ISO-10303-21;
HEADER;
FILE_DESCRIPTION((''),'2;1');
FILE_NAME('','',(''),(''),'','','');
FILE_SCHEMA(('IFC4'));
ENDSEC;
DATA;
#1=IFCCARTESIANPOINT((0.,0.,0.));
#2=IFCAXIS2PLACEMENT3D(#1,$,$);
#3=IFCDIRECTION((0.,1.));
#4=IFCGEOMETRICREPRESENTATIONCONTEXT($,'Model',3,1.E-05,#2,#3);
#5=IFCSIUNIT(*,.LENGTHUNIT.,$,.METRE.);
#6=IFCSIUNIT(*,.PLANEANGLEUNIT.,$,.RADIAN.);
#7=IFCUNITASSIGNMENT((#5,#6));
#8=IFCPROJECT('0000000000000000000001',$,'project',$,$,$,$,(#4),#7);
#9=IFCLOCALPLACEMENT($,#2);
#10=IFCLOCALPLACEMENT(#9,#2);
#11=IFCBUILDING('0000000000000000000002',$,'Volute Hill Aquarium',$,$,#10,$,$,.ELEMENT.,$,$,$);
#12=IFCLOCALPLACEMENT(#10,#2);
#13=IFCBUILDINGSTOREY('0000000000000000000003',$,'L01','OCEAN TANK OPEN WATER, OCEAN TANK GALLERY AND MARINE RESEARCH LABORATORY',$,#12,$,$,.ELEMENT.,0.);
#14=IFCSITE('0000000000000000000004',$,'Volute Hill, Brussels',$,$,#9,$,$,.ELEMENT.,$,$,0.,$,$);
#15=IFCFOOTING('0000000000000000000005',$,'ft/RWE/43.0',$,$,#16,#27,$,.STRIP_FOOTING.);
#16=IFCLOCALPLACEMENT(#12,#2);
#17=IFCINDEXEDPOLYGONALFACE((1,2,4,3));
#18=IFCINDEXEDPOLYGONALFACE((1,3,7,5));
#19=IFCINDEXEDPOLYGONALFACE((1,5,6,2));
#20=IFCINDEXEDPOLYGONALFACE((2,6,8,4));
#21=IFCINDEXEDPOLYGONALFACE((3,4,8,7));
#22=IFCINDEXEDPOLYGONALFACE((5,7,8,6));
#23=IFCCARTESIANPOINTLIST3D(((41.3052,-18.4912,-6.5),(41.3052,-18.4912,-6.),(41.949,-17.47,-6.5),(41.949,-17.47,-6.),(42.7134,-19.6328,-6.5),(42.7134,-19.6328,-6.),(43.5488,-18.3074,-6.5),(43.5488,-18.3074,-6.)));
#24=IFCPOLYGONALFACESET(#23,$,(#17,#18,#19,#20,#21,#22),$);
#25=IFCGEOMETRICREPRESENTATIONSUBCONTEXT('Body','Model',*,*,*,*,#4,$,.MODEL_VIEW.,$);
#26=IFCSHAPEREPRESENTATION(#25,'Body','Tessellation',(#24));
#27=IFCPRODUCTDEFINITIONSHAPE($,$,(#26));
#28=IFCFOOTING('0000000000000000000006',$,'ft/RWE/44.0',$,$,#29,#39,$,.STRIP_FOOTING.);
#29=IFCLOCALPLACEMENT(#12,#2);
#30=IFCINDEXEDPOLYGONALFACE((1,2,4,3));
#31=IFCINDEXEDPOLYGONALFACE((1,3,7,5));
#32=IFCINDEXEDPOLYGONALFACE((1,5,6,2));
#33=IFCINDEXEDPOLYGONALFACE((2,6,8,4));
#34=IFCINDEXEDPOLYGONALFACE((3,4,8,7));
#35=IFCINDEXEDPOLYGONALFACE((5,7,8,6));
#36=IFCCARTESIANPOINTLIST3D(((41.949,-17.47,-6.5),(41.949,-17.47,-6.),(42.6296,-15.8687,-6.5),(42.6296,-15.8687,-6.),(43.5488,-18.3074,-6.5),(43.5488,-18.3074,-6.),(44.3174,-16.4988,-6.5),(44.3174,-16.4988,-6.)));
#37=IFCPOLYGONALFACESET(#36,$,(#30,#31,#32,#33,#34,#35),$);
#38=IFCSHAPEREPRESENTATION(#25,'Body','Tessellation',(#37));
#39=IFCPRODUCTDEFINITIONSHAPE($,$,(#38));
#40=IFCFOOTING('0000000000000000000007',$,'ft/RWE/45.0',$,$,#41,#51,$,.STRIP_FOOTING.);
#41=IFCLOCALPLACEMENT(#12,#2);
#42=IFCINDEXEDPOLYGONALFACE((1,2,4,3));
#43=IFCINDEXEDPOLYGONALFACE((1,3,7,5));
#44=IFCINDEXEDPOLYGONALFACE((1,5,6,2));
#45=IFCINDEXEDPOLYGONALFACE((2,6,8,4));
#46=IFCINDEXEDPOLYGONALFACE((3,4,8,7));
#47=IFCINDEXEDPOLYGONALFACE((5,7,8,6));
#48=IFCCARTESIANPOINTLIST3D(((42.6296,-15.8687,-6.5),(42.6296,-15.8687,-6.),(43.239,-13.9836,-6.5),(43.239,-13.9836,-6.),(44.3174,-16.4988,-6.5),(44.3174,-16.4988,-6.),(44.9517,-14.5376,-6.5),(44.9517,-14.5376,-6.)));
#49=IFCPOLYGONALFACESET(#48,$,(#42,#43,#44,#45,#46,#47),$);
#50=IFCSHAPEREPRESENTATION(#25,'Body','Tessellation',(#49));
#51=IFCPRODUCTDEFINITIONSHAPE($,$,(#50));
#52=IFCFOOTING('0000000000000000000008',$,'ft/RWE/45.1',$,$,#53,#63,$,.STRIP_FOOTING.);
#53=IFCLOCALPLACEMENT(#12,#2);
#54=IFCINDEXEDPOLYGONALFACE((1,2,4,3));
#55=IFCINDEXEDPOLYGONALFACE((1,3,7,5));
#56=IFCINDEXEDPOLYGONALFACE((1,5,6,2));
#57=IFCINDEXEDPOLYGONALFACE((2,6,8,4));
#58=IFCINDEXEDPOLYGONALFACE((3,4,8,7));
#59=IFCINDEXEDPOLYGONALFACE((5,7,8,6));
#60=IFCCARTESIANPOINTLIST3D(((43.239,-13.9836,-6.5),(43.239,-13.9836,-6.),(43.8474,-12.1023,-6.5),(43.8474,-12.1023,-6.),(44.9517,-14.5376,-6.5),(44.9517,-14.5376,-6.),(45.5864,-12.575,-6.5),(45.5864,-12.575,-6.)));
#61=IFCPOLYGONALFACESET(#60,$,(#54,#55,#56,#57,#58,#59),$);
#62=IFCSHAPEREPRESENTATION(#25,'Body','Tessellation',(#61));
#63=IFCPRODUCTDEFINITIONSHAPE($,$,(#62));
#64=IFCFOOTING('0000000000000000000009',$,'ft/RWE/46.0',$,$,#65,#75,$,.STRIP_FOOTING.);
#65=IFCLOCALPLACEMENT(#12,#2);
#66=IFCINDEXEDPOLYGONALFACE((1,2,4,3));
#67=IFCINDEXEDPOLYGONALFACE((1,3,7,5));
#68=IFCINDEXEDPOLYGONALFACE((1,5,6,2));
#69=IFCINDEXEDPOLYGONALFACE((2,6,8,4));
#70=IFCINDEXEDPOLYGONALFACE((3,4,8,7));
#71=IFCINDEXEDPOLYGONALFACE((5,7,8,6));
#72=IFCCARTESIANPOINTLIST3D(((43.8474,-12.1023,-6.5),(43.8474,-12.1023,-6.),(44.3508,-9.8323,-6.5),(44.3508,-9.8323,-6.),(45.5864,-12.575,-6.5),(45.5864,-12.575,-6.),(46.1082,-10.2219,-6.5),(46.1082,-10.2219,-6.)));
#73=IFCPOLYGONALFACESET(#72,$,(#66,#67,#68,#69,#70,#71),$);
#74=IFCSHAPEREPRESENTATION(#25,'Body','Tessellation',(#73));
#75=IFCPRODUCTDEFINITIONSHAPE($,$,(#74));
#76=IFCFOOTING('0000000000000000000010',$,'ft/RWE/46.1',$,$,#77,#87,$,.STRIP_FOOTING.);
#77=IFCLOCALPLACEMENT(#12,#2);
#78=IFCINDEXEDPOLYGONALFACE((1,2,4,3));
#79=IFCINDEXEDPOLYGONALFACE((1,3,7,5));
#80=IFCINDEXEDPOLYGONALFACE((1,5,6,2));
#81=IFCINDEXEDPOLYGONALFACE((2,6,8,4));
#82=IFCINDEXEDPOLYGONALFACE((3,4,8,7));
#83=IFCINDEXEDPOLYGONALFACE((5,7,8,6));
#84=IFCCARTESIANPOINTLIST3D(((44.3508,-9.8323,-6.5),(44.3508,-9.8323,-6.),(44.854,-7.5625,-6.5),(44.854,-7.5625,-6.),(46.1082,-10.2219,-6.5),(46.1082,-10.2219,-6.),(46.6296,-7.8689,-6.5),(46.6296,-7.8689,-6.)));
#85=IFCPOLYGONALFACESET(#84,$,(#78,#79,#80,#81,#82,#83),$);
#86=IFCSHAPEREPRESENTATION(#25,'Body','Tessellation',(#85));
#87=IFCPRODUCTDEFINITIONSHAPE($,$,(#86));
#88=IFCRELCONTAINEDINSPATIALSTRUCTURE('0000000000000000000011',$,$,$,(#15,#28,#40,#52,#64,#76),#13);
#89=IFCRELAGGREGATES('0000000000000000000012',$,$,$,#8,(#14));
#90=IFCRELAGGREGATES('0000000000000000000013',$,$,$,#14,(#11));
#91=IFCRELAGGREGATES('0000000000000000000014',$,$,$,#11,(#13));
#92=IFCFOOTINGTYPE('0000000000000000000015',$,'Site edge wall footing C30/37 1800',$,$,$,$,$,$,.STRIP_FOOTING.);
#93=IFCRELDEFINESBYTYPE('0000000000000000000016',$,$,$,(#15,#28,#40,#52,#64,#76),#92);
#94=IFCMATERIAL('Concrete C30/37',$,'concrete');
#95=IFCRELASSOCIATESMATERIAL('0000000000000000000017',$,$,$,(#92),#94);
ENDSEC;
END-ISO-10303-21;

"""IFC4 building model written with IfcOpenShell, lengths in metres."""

from ifc_helpers import new_model, si_unit, direction, frame, origin, place, context, subcontext, project, spatial, polyline, outline, extrude, material, type_object, element, save


model = new_model("IFC4")

# Units and contexts
model_context = context("Model", 3, precision=1e-05, world=origin(), true_north=direction((0.0, 1.0)))
body_context = subcontext(model_context, "Body", "Model", "MODEL_VIEW")
ifc_project = project(units=[si_unit("LENGTHUNIT", "METRE"), si_unit("PLANEANGLEUNIT", "RADIAN")], contexts=[model_context])

# Site, building, storey
site_placement = place(None, origin())
site = spatial("IfcSite", under=ifc_project, at=site_placement, Name="Volute Hill, Brussels", CompositionType="ELEMENT", RefElevation=0.0)
building_placement = place(site_placement, origin())
building = spatial("IfcBuilding", under=site, at=building_placement, Name="Volute Hill Aquarium", CompositionType="ELEMENT")
storey_placement = place(building_placement, origin())
storey = spatial("IfcBuildingStorey", under=building, at=storey_placement, Name="L01", Description="OCEAN TANK OPEN WATER, OCEAN TANK GALLERY AND MARINE RESEARCH LABORATORY", CompositionType="ELEMENT", Elevation=0.0)

# Footings
ifc_material = material(Name="Concrete C30/37", Category="concrete")
footing_type = type_object("IfcFootingType", Name="Site edge wall footing C30/37 1800", PredefinedType="STRIP_FOOTING", material=ifc_material)
footing_1_placement = place(storey_placement, frame((0.0, 0.0, -6.5)))
element("IfcFooting", 1, at=footing_1_placement, inside=storey, type_object=footing_type, Name="ft/RWE/43.0", PredefinedType="STRIP_FOOTING", context=body_context, shape_type="SweptSolid", body=[
    extrude(outline(polyline([(42.7134, -19.6328), (43.5488, -18.3074), (41.949, -17.47), (41.3052, -18.4912), (41.3052, -18.4912), (42.7134, -19.6328), (42.7134, -19.6328)])), origin(), (0.0, 0.0, 1.0), 0.5),
])
footing_2_placement = place(storey_placement, frame((0.0, 0.0, -6.5)))
element("IfcFooting", 2, at=footing_2_placement, inside=storey, type_object=footing_type, Name="ft/RWE/44.0", PredefinedType="STRIP_FOOTING", context=body_context, shape_type="SweptSolid", body=[
    extrude(outline(polyline([(43.5488, -18.3074), (44.3174, -16.4988), (42.6296, -15.8687), (42.6296, -15.8687), (41.949, -17.47), (41.949, -17.47), (43.5488, -18.3074)])), origin(), (0.0, 0.0, 1.0), 0.5),
])
footing_3_placement = place(storey_placement, frame((0.0, 0.0, -6.5)))
element("IfcFooting", 3, at=footing_3_placement, inside=storey, type_object=footing_type, Name="ft/RWE/45.0", PredefinedType="STRIP_FOOTING", context=body_context, shape_type="SweptSolid", body=[
    extrude(outline(polyline([(44.3174, -16.4988), (44.9517, -14.5376), (43.239, -13.9836), (42.6296, -15.8687), (44.3174, -16.4988), (44.3174, -16.4988)])), origin(), (0.0, 0.0, 1.0), 0.5),
])
footing_4_placement = place(storey_placement, frame((0.0, 0.0, -6.5)))
element("IfcFooting", 4, at=footing_4_placement, inside=storey, type_object=footing_type, Name="ft/RWE/45.1", PredefinedType="STRIP_FOOTING", context=body_context, shape_type="SweptSolid", body=[
    extrude(outline(polyline([(45.5864, -12.575), (45.5864, -12.575), (43.8474, -12.1023), (43.8474, -12.1023), (43.239, -13.9836), (44.9517, -14.5376), (45.5864, -12.575)])), origin(), (0.0, 0.0, 1.0), 0.5),
])
footing_5_placement = place(storey_placement, frame((0.0, 0.0, -6.5)))
element("IfcFooting", 5, at=footing_5_placement, inside=storey, type_object=footing_type, Name="ft/RWE/46.0", PredefinedType="STRIP_FOOTING", context=body_context, shape_type="SweptSolid", body=[
    extrude(outline(polyline([(45.5864, -12.575), (46.1082, -10.2219), (44.3508, -9.8323), (43.8474, -12.1023), (45.5864, -12.575)])), origin(), (0.0, 0.0, 1.0), 0.5),
])
footing_6_placement = place(storey_placement, frame((0.0, 0.0, -6.5)))
element("IfcFooting", 6, at=footing_6_placement, inside=storey, type_object=footing_type, Name="ft/RWE/46.1", PredefinedType="STRIP_FOOTING", context=body_context, shape_type="SweptSolid", body=[
    extrude(outline(polyline([(46.1082, -10.2219), (46.6296, -7.8689), (44.854, -7.5625), (44.3508, -9.8323), (46.1082, -10.2219)])), origin(), (0.0, 0.0, 1.0), 0.5),
])

save(model, "model.ifc")
